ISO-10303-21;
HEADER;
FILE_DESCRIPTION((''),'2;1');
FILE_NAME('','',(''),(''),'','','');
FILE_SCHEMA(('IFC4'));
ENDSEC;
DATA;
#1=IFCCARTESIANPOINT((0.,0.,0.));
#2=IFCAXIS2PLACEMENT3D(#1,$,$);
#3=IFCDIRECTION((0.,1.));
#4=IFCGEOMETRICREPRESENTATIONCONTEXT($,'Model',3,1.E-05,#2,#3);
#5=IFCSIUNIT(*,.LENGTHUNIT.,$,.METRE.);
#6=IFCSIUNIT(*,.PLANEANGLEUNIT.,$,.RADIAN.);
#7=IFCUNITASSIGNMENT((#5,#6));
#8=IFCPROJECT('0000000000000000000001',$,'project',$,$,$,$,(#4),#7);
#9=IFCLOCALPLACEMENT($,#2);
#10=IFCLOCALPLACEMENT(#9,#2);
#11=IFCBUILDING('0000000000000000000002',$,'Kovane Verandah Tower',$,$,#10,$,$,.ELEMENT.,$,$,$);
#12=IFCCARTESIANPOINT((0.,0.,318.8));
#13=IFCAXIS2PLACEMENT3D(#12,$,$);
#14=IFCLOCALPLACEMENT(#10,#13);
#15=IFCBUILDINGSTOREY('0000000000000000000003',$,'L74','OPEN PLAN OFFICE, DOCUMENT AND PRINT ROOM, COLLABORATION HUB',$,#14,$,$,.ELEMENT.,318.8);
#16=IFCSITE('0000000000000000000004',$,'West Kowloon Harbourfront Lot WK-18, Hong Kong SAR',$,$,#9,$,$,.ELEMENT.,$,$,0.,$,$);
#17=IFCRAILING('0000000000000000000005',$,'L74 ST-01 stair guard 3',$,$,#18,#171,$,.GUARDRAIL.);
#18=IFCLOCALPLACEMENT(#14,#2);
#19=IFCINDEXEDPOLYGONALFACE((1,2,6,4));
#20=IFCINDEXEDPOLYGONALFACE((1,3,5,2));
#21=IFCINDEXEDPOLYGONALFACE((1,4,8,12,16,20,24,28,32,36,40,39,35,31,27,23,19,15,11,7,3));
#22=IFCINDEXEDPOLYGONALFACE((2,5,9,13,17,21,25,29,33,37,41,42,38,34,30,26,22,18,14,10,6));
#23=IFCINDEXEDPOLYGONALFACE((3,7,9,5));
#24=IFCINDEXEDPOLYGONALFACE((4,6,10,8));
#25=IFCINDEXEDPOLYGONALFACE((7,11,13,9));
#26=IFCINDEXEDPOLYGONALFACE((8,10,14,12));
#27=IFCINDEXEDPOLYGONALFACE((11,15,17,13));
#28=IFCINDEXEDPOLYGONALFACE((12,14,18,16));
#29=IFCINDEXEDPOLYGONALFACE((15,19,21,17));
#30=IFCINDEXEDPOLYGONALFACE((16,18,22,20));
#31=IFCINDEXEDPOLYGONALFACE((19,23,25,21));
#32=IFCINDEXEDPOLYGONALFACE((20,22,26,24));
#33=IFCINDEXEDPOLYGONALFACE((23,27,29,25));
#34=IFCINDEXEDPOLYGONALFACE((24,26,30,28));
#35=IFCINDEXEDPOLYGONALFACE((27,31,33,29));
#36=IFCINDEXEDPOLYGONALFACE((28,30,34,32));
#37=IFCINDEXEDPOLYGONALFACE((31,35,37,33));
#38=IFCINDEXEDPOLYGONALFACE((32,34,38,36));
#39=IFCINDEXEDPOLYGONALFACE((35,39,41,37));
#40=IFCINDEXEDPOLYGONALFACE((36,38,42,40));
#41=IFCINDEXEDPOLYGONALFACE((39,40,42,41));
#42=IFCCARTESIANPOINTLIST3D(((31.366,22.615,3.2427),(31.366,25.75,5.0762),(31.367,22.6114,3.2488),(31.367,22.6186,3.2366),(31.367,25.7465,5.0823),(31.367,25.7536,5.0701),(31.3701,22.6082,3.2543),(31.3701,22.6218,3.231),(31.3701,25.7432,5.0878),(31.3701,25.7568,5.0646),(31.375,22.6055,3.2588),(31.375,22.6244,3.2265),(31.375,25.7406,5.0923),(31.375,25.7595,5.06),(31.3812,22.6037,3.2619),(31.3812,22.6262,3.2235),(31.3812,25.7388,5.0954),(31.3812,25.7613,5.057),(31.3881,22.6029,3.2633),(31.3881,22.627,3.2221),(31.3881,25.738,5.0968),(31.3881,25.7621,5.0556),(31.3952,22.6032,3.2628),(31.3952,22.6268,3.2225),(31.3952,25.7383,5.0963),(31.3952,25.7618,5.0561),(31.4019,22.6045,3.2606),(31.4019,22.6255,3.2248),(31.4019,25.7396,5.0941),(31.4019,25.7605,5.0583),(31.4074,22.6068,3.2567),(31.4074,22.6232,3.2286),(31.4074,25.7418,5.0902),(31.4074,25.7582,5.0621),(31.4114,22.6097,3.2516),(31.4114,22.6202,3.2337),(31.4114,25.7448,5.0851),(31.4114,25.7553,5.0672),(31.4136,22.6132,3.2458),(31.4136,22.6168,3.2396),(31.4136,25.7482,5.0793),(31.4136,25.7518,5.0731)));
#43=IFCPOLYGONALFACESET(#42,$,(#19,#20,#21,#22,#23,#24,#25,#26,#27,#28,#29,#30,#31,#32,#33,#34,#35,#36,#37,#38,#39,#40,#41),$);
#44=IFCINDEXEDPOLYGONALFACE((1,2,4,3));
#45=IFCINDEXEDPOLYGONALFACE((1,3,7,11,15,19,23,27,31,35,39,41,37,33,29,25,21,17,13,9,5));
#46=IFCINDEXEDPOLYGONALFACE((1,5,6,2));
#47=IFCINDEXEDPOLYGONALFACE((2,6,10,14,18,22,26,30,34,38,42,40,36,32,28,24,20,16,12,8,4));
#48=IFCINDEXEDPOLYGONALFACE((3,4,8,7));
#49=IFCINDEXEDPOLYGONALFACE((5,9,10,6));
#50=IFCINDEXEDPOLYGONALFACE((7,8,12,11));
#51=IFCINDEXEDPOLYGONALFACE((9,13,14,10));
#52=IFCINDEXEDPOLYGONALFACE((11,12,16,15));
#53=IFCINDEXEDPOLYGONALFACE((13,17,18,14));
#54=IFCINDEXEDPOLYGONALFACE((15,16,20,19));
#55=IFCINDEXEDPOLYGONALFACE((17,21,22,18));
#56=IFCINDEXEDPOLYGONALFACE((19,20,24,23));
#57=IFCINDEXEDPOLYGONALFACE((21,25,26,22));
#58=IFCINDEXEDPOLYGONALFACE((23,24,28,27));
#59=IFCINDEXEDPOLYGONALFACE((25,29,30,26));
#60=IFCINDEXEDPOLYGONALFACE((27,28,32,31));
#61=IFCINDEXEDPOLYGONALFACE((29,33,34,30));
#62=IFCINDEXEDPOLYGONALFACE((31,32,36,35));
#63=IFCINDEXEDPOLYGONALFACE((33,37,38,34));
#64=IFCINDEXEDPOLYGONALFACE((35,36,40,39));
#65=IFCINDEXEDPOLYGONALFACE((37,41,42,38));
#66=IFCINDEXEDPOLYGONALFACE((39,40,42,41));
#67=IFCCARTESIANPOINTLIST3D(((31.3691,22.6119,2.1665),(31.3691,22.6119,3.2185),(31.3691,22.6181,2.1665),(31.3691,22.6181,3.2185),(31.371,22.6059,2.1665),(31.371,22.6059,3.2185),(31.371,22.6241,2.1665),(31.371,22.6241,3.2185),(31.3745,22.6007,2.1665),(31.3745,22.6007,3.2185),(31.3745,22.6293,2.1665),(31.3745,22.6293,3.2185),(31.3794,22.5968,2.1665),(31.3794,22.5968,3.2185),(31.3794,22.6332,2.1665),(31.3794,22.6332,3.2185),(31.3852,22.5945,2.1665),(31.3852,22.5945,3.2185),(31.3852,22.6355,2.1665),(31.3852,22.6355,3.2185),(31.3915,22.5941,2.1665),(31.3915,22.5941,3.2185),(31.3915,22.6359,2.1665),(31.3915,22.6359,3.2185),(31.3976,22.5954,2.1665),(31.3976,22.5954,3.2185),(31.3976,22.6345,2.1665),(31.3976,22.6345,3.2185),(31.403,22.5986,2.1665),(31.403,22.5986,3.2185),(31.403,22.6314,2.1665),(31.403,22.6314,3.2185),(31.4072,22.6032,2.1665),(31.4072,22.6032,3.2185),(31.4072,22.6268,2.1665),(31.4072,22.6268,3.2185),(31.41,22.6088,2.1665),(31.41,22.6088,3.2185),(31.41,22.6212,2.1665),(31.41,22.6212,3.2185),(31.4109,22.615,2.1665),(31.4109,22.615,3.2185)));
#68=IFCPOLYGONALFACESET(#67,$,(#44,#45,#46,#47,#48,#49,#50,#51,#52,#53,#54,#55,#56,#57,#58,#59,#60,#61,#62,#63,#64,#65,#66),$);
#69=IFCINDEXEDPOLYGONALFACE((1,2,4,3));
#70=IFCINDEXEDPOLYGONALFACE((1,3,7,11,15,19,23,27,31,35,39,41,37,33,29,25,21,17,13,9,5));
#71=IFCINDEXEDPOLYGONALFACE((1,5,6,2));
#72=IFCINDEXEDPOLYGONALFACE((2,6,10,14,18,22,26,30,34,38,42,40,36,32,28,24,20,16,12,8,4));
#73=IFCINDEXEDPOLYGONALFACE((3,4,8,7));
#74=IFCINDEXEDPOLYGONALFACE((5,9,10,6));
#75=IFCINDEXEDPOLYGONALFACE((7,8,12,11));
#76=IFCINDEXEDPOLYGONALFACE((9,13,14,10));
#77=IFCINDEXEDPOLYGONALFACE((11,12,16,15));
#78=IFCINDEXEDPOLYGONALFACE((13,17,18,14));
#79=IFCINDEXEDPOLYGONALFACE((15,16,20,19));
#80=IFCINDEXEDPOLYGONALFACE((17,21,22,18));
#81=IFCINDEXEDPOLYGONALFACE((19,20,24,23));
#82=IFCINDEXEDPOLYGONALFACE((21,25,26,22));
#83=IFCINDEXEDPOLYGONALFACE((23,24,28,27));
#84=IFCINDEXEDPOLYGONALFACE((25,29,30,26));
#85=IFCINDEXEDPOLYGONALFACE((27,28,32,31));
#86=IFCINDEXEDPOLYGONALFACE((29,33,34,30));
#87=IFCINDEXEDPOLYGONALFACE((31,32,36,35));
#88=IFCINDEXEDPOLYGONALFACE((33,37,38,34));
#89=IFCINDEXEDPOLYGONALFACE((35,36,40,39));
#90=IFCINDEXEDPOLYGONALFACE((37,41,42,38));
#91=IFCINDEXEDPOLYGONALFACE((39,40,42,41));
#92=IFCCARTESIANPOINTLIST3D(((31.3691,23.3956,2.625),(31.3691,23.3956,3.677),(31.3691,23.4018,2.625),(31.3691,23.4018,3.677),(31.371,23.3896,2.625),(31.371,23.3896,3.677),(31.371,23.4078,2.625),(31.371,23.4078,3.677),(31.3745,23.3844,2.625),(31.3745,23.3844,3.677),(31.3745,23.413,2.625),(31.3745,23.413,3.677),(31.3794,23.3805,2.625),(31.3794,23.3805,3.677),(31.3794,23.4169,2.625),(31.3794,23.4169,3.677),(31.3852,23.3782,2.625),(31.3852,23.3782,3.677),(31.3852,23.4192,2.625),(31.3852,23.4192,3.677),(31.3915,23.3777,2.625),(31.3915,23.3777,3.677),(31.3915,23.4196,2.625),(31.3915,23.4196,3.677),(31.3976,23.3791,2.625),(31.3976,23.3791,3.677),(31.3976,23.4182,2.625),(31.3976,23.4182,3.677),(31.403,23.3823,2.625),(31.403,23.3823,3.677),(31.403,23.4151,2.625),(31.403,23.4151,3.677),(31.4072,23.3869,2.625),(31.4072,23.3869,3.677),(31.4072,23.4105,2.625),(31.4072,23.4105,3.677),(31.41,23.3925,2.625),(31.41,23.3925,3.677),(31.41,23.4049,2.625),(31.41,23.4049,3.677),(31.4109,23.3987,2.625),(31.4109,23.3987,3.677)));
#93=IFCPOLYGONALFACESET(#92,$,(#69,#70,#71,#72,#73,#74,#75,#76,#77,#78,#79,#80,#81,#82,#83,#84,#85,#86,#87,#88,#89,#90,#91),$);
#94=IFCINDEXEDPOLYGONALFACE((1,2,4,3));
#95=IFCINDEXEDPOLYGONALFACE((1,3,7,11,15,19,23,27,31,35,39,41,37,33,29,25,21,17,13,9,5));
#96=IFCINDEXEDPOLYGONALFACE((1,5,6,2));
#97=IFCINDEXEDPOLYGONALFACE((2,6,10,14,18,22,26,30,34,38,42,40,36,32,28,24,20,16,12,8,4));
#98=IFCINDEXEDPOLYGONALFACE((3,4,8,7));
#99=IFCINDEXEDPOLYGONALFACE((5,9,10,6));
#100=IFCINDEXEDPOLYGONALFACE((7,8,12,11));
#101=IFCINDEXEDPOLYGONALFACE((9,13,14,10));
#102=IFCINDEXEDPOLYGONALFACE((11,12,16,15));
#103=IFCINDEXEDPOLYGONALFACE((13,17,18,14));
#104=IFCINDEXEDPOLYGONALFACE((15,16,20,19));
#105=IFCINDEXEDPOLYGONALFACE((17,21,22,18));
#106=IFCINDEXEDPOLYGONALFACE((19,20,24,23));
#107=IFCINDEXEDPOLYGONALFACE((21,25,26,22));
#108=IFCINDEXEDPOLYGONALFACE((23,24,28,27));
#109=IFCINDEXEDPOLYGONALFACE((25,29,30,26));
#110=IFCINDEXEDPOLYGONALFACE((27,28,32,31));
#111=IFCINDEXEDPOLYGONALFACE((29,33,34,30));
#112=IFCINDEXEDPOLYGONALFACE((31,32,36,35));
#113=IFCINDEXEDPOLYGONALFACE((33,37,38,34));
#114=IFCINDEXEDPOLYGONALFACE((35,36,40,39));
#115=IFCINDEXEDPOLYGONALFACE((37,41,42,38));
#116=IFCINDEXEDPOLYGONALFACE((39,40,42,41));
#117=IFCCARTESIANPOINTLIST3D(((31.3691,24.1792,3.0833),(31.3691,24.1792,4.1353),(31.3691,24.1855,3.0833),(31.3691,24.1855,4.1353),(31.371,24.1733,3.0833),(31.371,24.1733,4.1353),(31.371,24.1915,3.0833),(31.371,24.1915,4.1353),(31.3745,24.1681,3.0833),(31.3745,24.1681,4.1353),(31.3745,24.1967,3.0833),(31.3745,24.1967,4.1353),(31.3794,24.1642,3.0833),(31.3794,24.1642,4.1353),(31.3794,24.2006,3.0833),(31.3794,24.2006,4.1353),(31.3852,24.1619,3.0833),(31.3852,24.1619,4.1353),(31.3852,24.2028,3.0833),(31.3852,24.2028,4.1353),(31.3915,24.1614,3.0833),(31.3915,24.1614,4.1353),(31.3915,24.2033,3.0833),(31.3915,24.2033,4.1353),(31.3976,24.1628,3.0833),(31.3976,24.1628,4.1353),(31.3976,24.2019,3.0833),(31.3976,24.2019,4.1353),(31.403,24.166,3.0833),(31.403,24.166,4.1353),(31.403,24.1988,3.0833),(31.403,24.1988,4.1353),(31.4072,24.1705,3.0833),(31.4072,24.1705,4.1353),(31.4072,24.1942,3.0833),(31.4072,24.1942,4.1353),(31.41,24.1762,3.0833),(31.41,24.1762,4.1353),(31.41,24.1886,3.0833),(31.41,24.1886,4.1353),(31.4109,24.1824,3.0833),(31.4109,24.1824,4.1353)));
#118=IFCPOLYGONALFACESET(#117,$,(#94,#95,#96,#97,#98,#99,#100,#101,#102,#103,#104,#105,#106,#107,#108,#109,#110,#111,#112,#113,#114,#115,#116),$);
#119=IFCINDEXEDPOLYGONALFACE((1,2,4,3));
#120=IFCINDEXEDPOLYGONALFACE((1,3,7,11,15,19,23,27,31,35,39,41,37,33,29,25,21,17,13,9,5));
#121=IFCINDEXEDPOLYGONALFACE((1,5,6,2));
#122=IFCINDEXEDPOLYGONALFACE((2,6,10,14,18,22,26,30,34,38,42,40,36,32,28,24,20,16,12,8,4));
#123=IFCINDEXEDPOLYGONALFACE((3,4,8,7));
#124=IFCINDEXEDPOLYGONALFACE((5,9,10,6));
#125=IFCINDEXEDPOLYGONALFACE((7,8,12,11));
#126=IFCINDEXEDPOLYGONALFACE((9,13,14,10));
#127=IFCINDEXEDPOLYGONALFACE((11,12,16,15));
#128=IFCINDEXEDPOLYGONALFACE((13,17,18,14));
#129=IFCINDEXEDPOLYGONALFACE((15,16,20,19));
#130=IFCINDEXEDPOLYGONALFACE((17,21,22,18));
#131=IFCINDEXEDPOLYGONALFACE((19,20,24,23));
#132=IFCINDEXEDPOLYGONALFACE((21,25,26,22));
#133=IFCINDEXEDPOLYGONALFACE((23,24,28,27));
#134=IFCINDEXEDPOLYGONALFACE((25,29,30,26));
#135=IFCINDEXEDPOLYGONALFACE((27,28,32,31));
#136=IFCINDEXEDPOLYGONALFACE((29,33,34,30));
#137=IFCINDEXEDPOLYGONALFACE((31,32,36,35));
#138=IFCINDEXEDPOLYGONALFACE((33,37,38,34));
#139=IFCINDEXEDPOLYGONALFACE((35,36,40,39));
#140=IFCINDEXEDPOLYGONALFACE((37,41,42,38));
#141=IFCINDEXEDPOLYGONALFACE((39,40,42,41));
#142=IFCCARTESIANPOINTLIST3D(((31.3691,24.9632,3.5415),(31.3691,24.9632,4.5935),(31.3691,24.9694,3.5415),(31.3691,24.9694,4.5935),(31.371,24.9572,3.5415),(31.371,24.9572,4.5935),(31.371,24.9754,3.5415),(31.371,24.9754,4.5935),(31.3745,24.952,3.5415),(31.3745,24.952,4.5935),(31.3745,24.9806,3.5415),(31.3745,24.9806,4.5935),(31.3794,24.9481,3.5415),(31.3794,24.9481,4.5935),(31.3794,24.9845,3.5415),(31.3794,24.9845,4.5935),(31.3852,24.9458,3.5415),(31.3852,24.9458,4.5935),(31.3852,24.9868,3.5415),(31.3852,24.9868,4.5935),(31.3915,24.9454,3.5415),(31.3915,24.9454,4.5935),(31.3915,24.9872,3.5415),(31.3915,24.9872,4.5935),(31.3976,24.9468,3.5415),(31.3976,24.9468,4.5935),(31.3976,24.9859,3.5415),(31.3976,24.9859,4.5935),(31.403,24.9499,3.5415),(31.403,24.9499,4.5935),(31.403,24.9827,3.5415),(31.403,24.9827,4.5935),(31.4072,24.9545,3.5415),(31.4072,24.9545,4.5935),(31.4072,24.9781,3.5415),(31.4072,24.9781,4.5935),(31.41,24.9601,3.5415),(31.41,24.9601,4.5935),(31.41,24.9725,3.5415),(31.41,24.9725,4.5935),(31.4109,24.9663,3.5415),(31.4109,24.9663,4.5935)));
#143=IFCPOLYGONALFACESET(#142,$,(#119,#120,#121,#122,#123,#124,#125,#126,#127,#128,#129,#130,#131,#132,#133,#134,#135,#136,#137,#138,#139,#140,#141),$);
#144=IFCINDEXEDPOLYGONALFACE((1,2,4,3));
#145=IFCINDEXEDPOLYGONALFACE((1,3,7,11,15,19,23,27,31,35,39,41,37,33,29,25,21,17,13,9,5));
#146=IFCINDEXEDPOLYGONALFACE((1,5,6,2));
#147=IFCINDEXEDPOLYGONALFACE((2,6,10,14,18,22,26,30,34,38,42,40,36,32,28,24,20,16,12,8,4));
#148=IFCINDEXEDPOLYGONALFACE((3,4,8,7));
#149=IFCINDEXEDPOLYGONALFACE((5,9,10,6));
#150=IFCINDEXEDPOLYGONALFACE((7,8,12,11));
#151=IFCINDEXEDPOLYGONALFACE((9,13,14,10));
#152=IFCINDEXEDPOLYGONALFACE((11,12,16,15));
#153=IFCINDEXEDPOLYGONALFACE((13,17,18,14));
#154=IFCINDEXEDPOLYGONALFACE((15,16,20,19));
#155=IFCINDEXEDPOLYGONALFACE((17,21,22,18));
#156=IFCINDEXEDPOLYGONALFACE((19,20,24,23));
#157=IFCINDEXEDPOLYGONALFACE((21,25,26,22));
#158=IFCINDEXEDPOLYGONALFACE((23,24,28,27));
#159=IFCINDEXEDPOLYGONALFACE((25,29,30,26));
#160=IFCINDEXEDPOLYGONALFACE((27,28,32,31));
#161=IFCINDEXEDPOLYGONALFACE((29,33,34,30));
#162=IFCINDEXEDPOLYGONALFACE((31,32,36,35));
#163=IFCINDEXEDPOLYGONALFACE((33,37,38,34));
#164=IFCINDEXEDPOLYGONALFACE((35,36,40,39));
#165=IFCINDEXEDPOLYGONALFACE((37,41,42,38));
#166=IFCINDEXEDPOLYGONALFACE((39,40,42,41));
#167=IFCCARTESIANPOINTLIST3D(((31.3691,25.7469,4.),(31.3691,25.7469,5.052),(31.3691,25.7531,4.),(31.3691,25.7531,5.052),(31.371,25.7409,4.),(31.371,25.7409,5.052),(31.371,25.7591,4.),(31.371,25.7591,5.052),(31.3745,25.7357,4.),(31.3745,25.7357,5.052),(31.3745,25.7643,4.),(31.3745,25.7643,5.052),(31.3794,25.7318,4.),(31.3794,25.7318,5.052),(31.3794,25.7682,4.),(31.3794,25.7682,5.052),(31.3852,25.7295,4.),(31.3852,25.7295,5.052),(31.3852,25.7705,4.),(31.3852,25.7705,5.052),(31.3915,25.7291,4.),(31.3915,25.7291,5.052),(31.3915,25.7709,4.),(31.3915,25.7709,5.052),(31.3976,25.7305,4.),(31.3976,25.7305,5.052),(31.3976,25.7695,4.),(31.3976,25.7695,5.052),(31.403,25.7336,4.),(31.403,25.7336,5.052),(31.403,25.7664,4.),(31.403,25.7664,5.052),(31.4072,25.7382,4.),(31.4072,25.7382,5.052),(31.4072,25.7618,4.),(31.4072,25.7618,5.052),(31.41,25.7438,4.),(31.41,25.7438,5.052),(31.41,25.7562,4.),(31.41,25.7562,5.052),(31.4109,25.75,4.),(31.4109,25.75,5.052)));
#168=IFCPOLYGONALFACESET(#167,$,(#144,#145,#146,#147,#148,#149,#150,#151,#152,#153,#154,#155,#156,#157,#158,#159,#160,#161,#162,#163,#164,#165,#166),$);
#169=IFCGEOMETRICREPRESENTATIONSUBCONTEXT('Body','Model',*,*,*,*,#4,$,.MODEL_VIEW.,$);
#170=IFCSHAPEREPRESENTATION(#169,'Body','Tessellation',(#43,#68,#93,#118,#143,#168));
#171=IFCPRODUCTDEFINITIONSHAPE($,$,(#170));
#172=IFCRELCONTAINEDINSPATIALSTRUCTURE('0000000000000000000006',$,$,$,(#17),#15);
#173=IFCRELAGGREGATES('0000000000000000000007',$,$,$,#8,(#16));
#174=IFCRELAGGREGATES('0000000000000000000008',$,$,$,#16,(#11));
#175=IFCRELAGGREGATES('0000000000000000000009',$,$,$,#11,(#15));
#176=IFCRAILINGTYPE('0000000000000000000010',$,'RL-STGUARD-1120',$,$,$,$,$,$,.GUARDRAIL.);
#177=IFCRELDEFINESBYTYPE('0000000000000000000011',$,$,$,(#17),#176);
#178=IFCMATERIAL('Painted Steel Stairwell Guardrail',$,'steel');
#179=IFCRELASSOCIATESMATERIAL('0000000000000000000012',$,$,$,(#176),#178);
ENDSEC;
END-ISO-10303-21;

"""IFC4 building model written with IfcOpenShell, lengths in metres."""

from ifc_helpers import new_model, si_unit, direction, frame, origin, origin_2d, place, context, subcontext, project, spatial, circle, extrude, material, type_object, element, save


model = new_model("IFC4")

# Units and contexts
model_context = context("Model", 3, precision=1e-05, world=origin(), true_north=direction((0.0, 1.0)))
body_context = subcontext(model_context, "Body", "Model", "MODEL_VIEW")
ifc_project = project(units=[si_unit("LENGTHUNIT", "METRE"), si_unit("PLANEANGLEUNIT", "RADIAN")], contexts=[model_context])

# Site, building, storey
site_placement = place(None, origin())
site = spatial("IfcSite", under=ifc_project, at=site_placement, Name="West Kowloon Harbourfront Lot WK-18, Hong Kong SAR", CompositionType="ELEMENT", RefElevation=0.0)
building_placement = place(site_placement, origin())
building = spatial("IfcBuilding", under=site, at=building_placement, Name="Kovane Verandah Tower", CompositionType="ELEMENT")
storey_placement = place(building_placement, frame((0.0, 0.0, 318.8)))
storey = spatial("IfcBuildingStorey", under=building, at=storey_placement, Name="L74", Description="OPEN PLAN OFFICE, DOCUMENT AND PRINT ROOM, COLLABORATION HUB", CompositionType="ELEMENT", Elevation=318.8)

# Railing
ifc_material_1 = material(Name="Painted Steel Stairwell Guardrail", Category="steel")
railing_type_1 = type_object("IfcRailingType", Name="RL-STGUARD-1120", PredefinedType="GUARDRAIL", material=ifc_material_1)
railing_1_placement = place(storey_placement, frame((31.3899, 22.615, 2.1665)))
element("IfcRailing", 1, at=railing_1_placement, inside=storey, type_object=railing_type_1, Name="L74 ST-01 stair guard 3", PredefinedType="GUARDRAIL", context=body_context, shape_type="SweptSolid", body=[
    extrude(circle(Radius=0.0239, at=origin_2d()), frame((0.0, 0.0, 1.0762), z_axis=(0.0, 0.86321, 0.504845), x_axis=(-1.0, 0.0, 0.0)), (0.0, 0.0, 1.0), 3.6318),
    extrude(circle(Radius=0.021, at=origin_2d()), origin(), (0.0, 0.0, 1.0), 1.052),
    extrude(circle(Radius=0.021, at=origin_2d()), frame((0.0, 0.7837, 0.4585)), (0.0, 0.0, 1.0), 1.052),
    extrude(circle(Radius=0.021, at=origin_2d()), frame((0.0, 1.5674, 0.9167)), (0.0, 0.0, 1.0), 1.052),
    extrude(circle(Radius=0.021, at=origin_2d()), frame((0.0, 2.3513, 1.375)), (0.0, 0.0, 1.0), 1.052),
    extrude(circle(Radius=0.021, at=origin_2d()), frame((0.0, 3.135, 1.8335)), (0.0, 0.0, 1.0), 1.052),
])

save(model, "model.ifc")
